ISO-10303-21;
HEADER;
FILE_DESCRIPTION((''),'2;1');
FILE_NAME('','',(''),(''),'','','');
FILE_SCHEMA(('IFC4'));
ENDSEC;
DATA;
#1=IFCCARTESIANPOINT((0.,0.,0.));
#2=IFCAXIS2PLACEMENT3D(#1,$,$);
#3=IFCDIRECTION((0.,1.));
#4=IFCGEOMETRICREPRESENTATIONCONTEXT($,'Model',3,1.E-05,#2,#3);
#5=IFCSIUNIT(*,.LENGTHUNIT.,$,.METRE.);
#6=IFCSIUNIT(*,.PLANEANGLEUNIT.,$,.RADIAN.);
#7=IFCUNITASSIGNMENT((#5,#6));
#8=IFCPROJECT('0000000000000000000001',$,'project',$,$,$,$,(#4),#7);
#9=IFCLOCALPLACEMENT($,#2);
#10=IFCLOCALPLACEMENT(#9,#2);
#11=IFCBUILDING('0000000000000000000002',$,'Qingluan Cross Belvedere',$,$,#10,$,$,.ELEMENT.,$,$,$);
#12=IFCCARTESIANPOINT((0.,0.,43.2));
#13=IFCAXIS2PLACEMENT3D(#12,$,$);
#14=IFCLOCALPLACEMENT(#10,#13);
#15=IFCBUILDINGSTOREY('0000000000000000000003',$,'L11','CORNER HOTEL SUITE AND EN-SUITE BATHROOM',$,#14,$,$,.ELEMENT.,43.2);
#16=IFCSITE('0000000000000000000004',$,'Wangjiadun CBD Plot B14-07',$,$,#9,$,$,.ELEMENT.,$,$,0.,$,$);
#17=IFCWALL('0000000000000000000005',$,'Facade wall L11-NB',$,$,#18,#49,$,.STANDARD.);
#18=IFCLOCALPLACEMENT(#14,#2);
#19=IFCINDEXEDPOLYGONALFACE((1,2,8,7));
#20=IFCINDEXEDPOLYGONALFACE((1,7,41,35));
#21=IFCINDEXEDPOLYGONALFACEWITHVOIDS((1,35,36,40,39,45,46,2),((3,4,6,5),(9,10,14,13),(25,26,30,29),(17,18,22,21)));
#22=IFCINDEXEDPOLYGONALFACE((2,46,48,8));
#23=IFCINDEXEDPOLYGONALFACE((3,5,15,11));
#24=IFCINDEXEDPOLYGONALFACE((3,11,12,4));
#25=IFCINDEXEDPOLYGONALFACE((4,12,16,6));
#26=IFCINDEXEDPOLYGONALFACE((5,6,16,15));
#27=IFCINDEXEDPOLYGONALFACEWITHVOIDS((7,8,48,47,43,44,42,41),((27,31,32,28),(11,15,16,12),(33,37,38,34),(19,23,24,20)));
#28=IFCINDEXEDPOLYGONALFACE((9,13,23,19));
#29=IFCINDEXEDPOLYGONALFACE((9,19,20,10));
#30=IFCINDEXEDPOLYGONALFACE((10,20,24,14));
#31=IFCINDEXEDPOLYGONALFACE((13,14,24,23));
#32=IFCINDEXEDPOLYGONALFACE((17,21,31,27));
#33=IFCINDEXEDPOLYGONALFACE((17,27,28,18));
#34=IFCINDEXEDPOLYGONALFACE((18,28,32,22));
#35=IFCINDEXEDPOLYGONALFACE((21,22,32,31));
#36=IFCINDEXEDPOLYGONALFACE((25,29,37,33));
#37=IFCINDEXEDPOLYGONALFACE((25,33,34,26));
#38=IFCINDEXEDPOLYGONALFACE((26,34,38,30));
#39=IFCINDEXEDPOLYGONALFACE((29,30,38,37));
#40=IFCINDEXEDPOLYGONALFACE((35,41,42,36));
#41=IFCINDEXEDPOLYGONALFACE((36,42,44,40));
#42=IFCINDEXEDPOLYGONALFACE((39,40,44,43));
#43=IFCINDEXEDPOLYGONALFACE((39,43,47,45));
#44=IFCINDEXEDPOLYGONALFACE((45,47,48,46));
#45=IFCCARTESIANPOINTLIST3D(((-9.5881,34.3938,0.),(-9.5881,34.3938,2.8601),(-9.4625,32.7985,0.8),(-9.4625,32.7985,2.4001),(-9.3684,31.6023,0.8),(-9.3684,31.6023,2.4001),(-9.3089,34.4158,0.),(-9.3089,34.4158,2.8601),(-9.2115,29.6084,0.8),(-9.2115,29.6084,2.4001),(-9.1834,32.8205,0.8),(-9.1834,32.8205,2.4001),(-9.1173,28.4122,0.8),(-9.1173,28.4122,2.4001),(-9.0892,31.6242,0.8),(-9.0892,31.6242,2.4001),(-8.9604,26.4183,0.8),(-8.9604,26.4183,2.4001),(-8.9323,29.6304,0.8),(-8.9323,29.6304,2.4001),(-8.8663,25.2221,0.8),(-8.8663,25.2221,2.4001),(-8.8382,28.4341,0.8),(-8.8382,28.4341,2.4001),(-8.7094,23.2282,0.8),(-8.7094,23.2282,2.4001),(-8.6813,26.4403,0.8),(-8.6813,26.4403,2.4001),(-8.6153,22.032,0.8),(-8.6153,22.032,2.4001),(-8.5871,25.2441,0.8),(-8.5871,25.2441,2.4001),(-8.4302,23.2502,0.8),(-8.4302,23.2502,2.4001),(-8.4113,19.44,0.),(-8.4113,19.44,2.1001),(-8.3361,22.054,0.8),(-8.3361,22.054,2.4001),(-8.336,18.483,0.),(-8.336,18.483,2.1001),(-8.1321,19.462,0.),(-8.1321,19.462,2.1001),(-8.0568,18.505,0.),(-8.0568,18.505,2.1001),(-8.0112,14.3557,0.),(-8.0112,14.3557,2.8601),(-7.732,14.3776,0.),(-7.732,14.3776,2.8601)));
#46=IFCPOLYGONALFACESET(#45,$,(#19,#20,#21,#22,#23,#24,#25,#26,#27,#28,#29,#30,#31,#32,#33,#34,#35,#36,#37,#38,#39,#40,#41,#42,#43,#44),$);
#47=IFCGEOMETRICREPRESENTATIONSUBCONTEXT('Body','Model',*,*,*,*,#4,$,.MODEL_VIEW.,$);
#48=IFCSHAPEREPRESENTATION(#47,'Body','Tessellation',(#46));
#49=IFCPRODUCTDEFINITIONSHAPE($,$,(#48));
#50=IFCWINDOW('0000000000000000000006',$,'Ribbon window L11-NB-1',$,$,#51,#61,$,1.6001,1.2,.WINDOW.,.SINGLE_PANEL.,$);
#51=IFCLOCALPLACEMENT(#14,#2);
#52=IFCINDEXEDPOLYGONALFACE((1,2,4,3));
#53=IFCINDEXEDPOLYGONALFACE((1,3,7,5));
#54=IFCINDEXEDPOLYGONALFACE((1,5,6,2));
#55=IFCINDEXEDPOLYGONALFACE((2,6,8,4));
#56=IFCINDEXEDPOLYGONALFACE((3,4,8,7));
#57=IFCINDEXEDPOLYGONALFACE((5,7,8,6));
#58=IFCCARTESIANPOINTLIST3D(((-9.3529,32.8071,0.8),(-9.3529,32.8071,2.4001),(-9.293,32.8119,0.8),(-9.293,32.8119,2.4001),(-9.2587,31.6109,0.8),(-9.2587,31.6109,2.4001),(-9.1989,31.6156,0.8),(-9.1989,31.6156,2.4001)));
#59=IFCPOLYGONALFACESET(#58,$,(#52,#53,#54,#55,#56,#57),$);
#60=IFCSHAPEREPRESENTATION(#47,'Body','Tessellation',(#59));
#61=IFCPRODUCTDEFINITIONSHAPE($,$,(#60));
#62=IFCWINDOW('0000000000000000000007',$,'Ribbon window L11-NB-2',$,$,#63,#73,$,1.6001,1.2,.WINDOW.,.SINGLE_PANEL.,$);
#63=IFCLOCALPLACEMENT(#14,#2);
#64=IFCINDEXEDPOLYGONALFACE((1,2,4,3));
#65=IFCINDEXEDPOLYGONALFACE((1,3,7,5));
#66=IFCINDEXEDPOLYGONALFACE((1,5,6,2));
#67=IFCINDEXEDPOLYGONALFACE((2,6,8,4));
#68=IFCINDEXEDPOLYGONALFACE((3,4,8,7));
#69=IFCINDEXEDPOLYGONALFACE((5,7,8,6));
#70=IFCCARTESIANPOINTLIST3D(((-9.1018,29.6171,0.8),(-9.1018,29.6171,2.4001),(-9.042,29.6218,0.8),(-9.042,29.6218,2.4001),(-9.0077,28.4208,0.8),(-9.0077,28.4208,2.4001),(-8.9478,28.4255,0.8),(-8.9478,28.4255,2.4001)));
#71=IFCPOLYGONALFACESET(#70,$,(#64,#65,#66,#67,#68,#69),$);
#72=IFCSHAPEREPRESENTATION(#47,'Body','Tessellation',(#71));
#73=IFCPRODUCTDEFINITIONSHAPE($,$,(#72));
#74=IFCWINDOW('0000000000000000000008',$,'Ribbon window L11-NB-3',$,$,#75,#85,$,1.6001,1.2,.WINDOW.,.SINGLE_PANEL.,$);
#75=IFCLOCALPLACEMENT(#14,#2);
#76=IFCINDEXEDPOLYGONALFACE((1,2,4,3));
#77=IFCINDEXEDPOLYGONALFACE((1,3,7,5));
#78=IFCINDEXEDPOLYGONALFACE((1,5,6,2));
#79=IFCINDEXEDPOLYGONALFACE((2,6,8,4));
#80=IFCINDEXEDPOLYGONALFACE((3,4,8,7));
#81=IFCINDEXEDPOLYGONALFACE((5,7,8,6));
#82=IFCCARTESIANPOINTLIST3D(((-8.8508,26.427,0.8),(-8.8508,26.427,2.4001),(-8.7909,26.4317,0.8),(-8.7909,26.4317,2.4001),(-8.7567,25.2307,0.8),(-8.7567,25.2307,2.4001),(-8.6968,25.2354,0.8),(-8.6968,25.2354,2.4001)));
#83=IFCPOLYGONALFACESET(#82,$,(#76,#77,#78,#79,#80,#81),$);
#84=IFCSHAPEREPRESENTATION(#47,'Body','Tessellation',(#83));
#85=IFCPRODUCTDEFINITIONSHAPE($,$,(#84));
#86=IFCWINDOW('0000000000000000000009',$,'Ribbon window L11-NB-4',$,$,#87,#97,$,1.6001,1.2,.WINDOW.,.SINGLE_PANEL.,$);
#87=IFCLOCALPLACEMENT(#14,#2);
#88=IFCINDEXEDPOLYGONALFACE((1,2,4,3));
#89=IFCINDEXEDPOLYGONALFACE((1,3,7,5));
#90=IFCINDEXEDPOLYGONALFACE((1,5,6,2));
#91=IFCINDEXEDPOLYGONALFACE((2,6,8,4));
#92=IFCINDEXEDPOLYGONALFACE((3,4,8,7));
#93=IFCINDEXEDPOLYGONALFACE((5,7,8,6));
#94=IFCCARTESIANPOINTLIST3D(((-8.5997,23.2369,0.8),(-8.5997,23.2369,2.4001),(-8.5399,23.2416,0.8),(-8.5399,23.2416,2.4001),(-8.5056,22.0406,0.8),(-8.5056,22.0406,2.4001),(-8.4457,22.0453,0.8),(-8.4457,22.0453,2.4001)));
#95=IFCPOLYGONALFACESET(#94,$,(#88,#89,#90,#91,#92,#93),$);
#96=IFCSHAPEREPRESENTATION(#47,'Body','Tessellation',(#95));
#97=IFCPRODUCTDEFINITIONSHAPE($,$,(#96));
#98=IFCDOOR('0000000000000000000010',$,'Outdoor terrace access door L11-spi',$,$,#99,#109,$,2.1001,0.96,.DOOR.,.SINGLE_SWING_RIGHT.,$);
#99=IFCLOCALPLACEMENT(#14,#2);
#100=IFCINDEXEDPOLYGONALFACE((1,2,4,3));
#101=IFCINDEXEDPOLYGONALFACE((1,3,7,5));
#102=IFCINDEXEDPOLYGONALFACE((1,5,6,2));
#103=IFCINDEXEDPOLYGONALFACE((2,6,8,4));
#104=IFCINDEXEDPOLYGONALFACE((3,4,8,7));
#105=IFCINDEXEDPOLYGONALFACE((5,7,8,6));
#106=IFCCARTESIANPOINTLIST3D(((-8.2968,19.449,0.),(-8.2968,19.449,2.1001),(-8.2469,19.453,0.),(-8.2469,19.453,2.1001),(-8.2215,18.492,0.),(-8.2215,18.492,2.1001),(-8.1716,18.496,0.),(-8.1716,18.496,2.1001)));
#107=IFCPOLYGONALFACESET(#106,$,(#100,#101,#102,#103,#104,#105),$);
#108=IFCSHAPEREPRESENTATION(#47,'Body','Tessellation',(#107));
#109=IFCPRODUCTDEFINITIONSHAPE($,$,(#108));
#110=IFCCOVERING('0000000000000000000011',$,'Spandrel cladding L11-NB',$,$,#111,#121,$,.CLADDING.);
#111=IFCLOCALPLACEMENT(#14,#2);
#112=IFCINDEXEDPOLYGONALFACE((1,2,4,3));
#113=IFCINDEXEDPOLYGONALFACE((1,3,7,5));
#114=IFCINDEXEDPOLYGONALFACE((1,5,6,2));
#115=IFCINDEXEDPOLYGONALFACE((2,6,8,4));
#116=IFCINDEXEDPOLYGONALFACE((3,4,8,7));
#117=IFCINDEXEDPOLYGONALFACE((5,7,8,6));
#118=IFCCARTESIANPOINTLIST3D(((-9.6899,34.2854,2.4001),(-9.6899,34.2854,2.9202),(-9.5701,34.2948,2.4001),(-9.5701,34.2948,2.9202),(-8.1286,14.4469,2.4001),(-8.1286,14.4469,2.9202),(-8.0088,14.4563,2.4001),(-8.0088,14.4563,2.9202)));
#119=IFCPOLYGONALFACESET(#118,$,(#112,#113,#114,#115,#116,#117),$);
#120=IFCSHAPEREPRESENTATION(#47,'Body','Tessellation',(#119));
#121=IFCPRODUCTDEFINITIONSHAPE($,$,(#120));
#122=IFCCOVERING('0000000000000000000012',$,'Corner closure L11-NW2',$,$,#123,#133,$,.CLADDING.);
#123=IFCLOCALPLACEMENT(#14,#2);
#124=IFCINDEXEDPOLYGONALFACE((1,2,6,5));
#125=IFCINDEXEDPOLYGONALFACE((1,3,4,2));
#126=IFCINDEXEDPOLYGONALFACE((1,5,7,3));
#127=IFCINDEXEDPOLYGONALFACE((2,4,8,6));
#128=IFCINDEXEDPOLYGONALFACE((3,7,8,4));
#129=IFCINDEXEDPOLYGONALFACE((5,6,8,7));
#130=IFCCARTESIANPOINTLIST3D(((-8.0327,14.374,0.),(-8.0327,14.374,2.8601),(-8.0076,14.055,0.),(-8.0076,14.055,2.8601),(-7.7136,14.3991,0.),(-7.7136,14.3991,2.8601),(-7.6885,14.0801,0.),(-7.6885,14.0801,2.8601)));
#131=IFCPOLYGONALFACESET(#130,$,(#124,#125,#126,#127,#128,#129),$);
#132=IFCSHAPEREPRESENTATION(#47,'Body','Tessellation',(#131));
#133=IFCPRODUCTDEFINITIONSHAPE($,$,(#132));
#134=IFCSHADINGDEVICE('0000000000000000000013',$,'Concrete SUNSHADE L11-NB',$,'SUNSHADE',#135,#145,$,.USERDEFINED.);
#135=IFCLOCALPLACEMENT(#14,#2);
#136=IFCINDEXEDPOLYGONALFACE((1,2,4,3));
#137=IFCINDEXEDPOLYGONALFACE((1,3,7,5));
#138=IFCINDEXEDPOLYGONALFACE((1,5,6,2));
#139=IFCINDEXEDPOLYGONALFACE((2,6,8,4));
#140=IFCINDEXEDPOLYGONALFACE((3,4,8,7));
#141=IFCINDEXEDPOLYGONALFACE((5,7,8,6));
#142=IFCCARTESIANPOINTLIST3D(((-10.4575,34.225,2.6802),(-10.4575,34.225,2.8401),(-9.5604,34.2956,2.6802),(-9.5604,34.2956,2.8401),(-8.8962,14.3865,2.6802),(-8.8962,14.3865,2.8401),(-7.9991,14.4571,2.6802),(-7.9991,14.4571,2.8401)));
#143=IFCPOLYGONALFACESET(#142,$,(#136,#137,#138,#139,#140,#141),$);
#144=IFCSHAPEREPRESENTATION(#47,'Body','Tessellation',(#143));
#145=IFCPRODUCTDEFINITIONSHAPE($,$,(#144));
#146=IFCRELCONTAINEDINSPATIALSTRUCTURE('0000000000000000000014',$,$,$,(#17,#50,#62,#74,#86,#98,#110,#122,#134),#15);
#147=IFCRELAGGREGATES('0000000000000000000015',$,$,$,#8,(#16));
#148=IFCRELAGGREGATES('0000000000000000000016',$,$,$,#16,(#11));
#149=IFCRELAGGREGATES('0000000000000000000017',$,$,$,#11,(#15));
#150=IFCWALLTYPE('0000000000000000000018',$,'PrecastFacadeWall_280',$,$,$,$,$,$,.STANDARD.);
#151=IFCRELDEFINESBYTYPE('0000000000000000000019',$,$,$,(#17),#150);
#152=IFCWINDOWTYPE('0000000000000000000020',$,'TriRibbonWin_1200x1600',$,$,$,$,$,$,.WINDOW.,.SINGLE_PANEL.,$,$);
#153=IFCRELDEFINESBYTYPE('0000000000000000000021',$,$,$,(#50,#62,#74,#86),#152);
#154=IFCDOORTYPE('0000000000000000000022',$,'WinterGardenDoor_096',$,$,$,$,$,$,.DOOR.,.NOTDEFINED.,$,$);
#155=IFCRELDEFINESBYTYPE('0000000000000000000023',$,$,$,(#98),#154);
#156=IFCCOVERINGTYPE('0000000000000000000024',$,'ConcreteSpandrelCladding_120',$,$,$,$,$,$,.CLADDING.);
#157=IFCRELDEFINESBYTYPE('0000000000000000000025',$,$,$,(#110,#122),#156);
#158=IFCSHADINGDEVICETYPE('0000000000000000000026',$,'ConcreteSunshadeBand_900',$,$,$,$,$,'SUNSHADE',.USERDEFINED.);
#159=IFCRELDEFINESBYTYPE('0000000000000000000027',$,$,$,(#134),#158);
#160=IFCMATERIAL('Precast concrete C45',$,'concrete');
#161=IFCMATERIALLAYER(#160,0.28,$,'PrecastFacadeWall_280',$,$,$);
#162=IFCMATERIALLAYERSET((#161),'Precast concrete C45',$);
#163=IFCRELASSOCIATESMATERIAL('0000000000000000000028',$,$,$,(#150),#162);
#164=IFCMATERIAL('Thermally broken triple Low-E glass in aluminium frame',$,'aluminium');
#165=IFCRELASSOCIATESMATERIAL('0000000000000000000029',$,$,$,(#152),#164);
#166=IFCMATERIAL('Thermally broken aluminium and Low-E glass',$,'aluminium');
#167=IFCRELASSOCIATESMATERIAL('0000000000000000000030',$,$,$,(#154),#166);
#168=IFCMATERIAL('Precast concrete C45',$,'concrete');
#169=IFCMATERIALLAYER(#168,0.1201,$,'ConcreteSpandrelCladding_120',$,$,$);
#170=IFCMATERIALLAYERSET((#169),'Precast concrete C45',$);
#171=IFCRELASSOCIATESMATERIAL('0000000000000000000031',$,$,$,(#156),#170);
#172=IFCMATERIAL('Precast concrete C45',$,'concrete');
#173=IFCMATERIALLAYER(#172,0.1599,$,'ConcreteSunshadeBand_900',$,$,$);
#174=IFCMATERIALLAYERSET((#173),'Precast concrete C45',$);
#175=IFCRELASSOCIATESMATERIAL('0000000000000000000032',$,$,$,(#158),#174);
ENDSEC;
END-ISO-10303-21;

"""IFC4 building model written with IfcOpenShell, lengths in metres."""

from ifc_helpers import new_model, si_unit, direction, frame, frame_2d, origin, origin_2d, place, context, subcontext, project, spatial, rectangle, extrude, material, layer, layer_set, type_object, element, fill, save


model = new_model("IFC4")

# Units and contexts
model_context = context("Model", 3, precision=1e-05, world=origin(), true_north=direction((0.0, 1.0)))
body_context = subcontext(model_context, "Body", "Model", "MODEL_VIEW")
ifc_project = project(units=[si_unit("LENGTHUNIT", "METRE"), si_unit("PLANEANGLEUNIT", "RADIAN")], contexts=[model_context])

# Site, building, storey
site_placement = place(None, origin())
site = spatial("IfcSite", under=ifc_project, at=site_placement, Name="Wangjiadun CBD Plot B14-07", CompositionType="ELEMENT", RefElevation=0.0)
building_placement = place(site_placement, origin())
building = spatial("IfcBuilding", under=site, at=building_placement, Name="Qingluan Cross Belvedere", CompositionType="ELEMENT")
storey_placement = place(building_placement, frame((0.0, 0.0, 43.2)))
storey = spatial("IfcBuildingStorey", under=building, at=storey_placement, Name="L11", Description="CORNER HOTEL SUITE AND EN-SUITE BATHROOM", CompositionType="ELEMENT", Elevation=43.2)

# Wall, openings, windows, door
ifc_material_1 = material(Name="Precast concrete C45", Category="concrete")
ifc_layer_1 = layer(ifc_material_1, 0.28, Name="PrecastFacadeWall_280")
ifc_layer_set_1 = layer_set([ifc_layer_1], Name="Precast concrete C45")
wall_type_1 = type_object("IfcWallType", Name="PrecastFacadeWall_280", PredefinedType="STANDARD", material=ifc_layer_set_1)
wall_1_placement = place(storey_placement, frame((-9.4485, 34.4048, 0.0), z_axis=(0.0, 0.0, 1.0), x_axis=(0.078453, -0.996918, 0.0)))
wall_1 = element("IfcWall", 1, at=wall_1_placement, inside=storey, type_object=wall_type_1, Name="Facade wall L11-NB", PredefinedType="STANDARD", context=body_context, shape_type="SweptSolid", body=[
    extrude(rectangle(XDim=20.1001, YDim=0.28, at=frame_2d((10.05, 0.0))), origin(), (0.0, 0.0, 1.0), 2.8601),
])
opening_1_placement = place(wall_1_placement, frame((1.6001, 0.0, 0.8)))
opening_1 = element("IfcOpeningElement", 2, at=opening_1_placement, cuts=wall_1, PredefinedType="OPENING", context=body_context, shape_type="SweptSolid", body=[
    extrude(rectangle(XDim=1.2, YDim=1.6001, at=frame_2d((0.6001, 0.8))), frame((0.0, 0.1499, 0.0), z_axis=(0.0, -1.0, 0.0), x_axis=(1.0, 0.0, 0.0)), (0.0, 0.0, 1.0), 0.3),
])
opening_2_placement = place(wall_1_placement, frame((4.8, 0.0, 0.8)))
opening_2 = element("IfcOpeningElement", 3, at=opening_2_placement, cuts=wall_1, PredefinedType="OPENING", context=body_context, shape_type="SweptSolid", body=[
    extrude(rectangle(XDim=1.2, YDim=1.6001, at=frame_2d((0.6001, 0.8))), frame((0.0, 0.1499, 0.0), z_axis=(0.0, -1.0, 0.0), x_axis=(1.0, 0.0, 0.0)), (0.0, 0.0, 1.0), 0.3),
])
opening_3_placement = place(wall_1_placement, frame((8.0, 0.0, 0.8)))
opening_3 = element("IfcOpeningElement", 4, at=opening_3_placement, cuts=wall_1, PredefinedType="OPENING", context=body_context, shape_type="SweptSolid", body=[
    extrude(rectangle(XDim=1.2, YDim=1.6001, at=frame_2d((0.6001, 0.8))), frame((0.0, 0.1499, 0.0), z_axis=(0.0, -1.0, 0.0), x_axis=(1.0, 0.0, 0.0)), (0.0, 0.0, 1.0), 0.3),
])
opening_4_placement = place(wall_1_placement, frame((11.2, 0.0, 0.8)))
opening_4 = element("IfcOpeningElement", 5, at=opening_4_placement, cuts=wall_1, PredefinedType="OPENING", context=body_context, shape_type="SweptSolid", body=[
    extrude(rectangle(XDim=1.2, YDim=1.6001, at=frame_2d((0.6001, 0.8))), frame((0.0, 0.1499, 0.0), z_axis=(0.0, -1.0, 0.0), x_axis=(1.0, 0.0, 0.0)), (0.0, 0.0, 1.0), 0.3),
])
opening_5_placement = place(wall_1_placement, frame((15.0, 0.0, 0.0)))
opening_5 = element("IfcOpeningElement", 6, at=opening_5_placement, cuts=wall_1, PredefinedType="OPENING", context=body_context, shape_type="SweptSolid", body=[
    extrude(rectangle(XDim=0.96, YDim=2.1001, at=frame_2d((0.48, 1.05))), frame((0.0, 0.1499, 0.0), z_axis=(0.0, -1.0, 0.0), x_axis=(1.0, 0.0, 0.0)), (0.0, 0.0, 1.0), 0.3),
])
ifc_material_2 = material(Name="Thermally broken triple Low-E glass in aluminium frame", Category="aluminium")
window_type = type_object("IfcWindowType", Name="TriRibbonWin_1200x1600", PartitioningType="SINGLE_PANEL", PredefinedType="WINDOW", material=ifc_material_2)
window_1_placement = place(opening_1_placement, origin())
window_1 = element("IfcWindow", 7, at=window_1_placement, inside=storey, type_object=window_type, Name="Ribbon window L11-NB-1", OverallHeight=1.6001, OverallWidth=1.2, PartitioningType="SINGLE_PANEL", PredefinedType="WINDOW", context=body_context, shape_type="SweptSolid", body=[
    extrude(rectangle(XDim=1.2, YDim=1.6001, at=frame_2d((0.6001, 0.8))), frame((0.0, 0.03, 0.0), z_axis=(0.0, -1.0, 0.0), x_axis=(1.0, 0.0, 0.0)), (0.0, 0.0, 1.0), 0.0601),
])
fill(opening_1, window_1)
window_2_placement = place(opening_2_placement, origin())
window_2 = element("IfcWindow", 8, at=window_2_placement, inside=storey, type_object=window_type, Name="Ribbon window L11-NB-2", OverallHeight=1.6001, OverallWidth=1.2, PartitioningType="SINGLE_PANEL", PredefinedType="WINDOW", context=body_context, shape_type="SweptSolid", body=[
    extrude(rectangle(XDim=1.2, YDim=1.6001, at=frame_2d((0.6001, 0.8))), frame((0.0, 0.03, 0.0), z_axis=(0.0, -1.0, 0.0), x_axis=(1.0, 0.0, 0.0)), (0.0, 0.0, 1.0), 0.0601),
])
fill(opening_2, window_2)
window_3_placement = place(opening_3_placement, origin())
window_3 = element("IfcWindow", 9, at=window_3_placement, inside=storey, type_object=window_type, Name="Ribbon window L11-NB-3", OverallHeight=1.6001, OverallWidth=1.2, PartitioningType="SINGLE_PANEL", PredefinedType="WINDOW", context=body_context, shape_type="SweptSolid", body=[
    extrude(rectangle(XDim=1.2, YDim=1.6001, at=frame_2d((0.6001, 0.8))), frame((0.0, 0.03, 0.0), z_axis=(0.0, -1.0, 0.0), x_axis=(1.0, 0.0, 0.0)), (0.0, 0.0, 1.0), 0.0601),
])
fill(opening_3, window_3)
window_4_placement = place(opening_4_placement, origin())
window_4 = element("IfcWindow", 10, at=window_4_placement, inside=storey, type_object=window_type, Name="Ribbon window L11-NB-4", OverallHeight=1.6001, OverallWidth=1.2, PartitioningType="SINGLE_PANEL", PredefinedType="WINDOW", context=body_context, shape_type="SweptSolid", body=[
    extrude(rectangle(XDim=1.2, YDim=1.6001, at=frame_2d((0.6001, 0.8))), frame((0.0, 0.03, 0.0), z_axis=(0.0, -1.0, 0.0), x_axis=(1.0, 0.0, 0.0)), (0.0, 0.0, 1.0), 0.0601),
])
fill(opening_4, window_4)
ifc_material_3 = material(Name="Thermally broken aluminium and Low-E glass", Category="aluminium")
door_type_1 = type_object("IfcDoorType", Name="WinterGardenDoor_096", OperationType="NOTDEFINED", PredefinedType="DOOR", material=ifc_material_3)
door_1_placement = place(opening_5_placement, origin())
door_1 = element("IfcDoor", 11, at=door_1_placement, inside=storey, type_object=door_type_1, Name="Outdoor terrace access door L11-spi", OperationType="SINGLE_SWING_RIGHT", OverallHeight=2.1001, OverallWidth=0.96, PredefinedType="DOOR", context=body_context, shape_type="SweptSolid", body=[
    extrude(rectangle(XDim=0.96, YDim=2.1001, at=frame_2d((0.48, 1.05))), frame((0.0, 0.0249, 0.0), z_axis=(0.0, -1.0, 0.0), x_axis=(1.0, 0.0, 0.0)), (0.0, 0.0, 1.0), 0.05),
])
fill(opening_5, door_1)

# Coverings
ifc_material_4 = material(Name="Precast concrete C45", Category="concrete")
ifc_layer_2 = layer(ifc_material_4, 0.1201, Name="ConcreteSpandrelCladding_120")
ifc_layer_set_2 = layer_set([ifc_layer_2], Name="Precast concrete C45")
covering_type_1 = type_object("IfcCoveringType", Name="ConcreteSpandrelCladding_120", PredefinedType="CLADDING", material=ifc_layer_set_2)
covering_1_placement = place(storey_placement, frame((-8.8494, 24.3708, 2.4001), z_axis=(0.0, 0.0, 1.0), x_axis=(0.078458, -0.996917, 0.0)))
element("IfcCovering", 12, at=covering_1_placement, inside=storey, type_object=covering_type_1, Name="Spandrel cladding L11-NB", PredefinedType="CLADDING", context=body_context, shape_type="SweptSolid", body=[
    extrude(rectangle(XDim=19.8999, YDim=0.1201, at=origin_2d()), origin(), (0.0, 0.0, 1.0), 0.52),
])
covering_2_placement = place(storey_placement, frame((-7.8606, 14.2271, 0.0), z_axis=(0.0, 0.0, 1.0), x_axis=(0.996917, 0.078459, 0.0)))
element("IfcCovering", 13, at=covering_2_placement, inside=storey, type_object=covering_type_1, Name="Corner closure L11-NW2", PredefinedType="CLADDING", context=body_context, shape_type="SweptSolid", body=[
    extrude(rectangle(XDim=0.3201, YDim=0.3201, at=origin_2d()), origin(), (0.0, 0.0, 1.0), 2.8601),
])

# Shading device
ifc_material_5 = material(Name="Precast concrete C45", Category="concrete")
ifc_layer_3 = layer(ifc_material_5, 0.1599, Name="ConcreteSunshadeBand_900")
ifc_layer_set_3 = layer_set([ifc_layer_3], Name="Precast concrete C45")
shading_device_type = type_object("IfcShadingDeviceType", Name="ConcreteSunshadeBand_900", ElementType="SUNSHADE", PredefinedType="USERDEFINED", material=ifc_layer_set_3)
shading_device_placement = place(storey_placement, frame((-9.2283, 24.3411, 2.6802), z_axis=(0.0, 0.0, 1.0), x_axis=(0.078458, -0.996917, 0.0)))
element("IfcShadingDevice", 14, at=shading_device_placement, inside=storey, type_object=shading_device_type, Name="Concrete SUNSHADE L11-NB", ObjectType="SUNSHADE", PredefinedType="USERDEFINED", context=body_context, shape_type="SweptSolid", body=[
    extrude(rectangle(XDim=19.8999, YDim=0.8999, at=origin_2d()), origin(), (0.0, 0.0, 1.0), 0.1599),
])

save(model, "model.ifc")
